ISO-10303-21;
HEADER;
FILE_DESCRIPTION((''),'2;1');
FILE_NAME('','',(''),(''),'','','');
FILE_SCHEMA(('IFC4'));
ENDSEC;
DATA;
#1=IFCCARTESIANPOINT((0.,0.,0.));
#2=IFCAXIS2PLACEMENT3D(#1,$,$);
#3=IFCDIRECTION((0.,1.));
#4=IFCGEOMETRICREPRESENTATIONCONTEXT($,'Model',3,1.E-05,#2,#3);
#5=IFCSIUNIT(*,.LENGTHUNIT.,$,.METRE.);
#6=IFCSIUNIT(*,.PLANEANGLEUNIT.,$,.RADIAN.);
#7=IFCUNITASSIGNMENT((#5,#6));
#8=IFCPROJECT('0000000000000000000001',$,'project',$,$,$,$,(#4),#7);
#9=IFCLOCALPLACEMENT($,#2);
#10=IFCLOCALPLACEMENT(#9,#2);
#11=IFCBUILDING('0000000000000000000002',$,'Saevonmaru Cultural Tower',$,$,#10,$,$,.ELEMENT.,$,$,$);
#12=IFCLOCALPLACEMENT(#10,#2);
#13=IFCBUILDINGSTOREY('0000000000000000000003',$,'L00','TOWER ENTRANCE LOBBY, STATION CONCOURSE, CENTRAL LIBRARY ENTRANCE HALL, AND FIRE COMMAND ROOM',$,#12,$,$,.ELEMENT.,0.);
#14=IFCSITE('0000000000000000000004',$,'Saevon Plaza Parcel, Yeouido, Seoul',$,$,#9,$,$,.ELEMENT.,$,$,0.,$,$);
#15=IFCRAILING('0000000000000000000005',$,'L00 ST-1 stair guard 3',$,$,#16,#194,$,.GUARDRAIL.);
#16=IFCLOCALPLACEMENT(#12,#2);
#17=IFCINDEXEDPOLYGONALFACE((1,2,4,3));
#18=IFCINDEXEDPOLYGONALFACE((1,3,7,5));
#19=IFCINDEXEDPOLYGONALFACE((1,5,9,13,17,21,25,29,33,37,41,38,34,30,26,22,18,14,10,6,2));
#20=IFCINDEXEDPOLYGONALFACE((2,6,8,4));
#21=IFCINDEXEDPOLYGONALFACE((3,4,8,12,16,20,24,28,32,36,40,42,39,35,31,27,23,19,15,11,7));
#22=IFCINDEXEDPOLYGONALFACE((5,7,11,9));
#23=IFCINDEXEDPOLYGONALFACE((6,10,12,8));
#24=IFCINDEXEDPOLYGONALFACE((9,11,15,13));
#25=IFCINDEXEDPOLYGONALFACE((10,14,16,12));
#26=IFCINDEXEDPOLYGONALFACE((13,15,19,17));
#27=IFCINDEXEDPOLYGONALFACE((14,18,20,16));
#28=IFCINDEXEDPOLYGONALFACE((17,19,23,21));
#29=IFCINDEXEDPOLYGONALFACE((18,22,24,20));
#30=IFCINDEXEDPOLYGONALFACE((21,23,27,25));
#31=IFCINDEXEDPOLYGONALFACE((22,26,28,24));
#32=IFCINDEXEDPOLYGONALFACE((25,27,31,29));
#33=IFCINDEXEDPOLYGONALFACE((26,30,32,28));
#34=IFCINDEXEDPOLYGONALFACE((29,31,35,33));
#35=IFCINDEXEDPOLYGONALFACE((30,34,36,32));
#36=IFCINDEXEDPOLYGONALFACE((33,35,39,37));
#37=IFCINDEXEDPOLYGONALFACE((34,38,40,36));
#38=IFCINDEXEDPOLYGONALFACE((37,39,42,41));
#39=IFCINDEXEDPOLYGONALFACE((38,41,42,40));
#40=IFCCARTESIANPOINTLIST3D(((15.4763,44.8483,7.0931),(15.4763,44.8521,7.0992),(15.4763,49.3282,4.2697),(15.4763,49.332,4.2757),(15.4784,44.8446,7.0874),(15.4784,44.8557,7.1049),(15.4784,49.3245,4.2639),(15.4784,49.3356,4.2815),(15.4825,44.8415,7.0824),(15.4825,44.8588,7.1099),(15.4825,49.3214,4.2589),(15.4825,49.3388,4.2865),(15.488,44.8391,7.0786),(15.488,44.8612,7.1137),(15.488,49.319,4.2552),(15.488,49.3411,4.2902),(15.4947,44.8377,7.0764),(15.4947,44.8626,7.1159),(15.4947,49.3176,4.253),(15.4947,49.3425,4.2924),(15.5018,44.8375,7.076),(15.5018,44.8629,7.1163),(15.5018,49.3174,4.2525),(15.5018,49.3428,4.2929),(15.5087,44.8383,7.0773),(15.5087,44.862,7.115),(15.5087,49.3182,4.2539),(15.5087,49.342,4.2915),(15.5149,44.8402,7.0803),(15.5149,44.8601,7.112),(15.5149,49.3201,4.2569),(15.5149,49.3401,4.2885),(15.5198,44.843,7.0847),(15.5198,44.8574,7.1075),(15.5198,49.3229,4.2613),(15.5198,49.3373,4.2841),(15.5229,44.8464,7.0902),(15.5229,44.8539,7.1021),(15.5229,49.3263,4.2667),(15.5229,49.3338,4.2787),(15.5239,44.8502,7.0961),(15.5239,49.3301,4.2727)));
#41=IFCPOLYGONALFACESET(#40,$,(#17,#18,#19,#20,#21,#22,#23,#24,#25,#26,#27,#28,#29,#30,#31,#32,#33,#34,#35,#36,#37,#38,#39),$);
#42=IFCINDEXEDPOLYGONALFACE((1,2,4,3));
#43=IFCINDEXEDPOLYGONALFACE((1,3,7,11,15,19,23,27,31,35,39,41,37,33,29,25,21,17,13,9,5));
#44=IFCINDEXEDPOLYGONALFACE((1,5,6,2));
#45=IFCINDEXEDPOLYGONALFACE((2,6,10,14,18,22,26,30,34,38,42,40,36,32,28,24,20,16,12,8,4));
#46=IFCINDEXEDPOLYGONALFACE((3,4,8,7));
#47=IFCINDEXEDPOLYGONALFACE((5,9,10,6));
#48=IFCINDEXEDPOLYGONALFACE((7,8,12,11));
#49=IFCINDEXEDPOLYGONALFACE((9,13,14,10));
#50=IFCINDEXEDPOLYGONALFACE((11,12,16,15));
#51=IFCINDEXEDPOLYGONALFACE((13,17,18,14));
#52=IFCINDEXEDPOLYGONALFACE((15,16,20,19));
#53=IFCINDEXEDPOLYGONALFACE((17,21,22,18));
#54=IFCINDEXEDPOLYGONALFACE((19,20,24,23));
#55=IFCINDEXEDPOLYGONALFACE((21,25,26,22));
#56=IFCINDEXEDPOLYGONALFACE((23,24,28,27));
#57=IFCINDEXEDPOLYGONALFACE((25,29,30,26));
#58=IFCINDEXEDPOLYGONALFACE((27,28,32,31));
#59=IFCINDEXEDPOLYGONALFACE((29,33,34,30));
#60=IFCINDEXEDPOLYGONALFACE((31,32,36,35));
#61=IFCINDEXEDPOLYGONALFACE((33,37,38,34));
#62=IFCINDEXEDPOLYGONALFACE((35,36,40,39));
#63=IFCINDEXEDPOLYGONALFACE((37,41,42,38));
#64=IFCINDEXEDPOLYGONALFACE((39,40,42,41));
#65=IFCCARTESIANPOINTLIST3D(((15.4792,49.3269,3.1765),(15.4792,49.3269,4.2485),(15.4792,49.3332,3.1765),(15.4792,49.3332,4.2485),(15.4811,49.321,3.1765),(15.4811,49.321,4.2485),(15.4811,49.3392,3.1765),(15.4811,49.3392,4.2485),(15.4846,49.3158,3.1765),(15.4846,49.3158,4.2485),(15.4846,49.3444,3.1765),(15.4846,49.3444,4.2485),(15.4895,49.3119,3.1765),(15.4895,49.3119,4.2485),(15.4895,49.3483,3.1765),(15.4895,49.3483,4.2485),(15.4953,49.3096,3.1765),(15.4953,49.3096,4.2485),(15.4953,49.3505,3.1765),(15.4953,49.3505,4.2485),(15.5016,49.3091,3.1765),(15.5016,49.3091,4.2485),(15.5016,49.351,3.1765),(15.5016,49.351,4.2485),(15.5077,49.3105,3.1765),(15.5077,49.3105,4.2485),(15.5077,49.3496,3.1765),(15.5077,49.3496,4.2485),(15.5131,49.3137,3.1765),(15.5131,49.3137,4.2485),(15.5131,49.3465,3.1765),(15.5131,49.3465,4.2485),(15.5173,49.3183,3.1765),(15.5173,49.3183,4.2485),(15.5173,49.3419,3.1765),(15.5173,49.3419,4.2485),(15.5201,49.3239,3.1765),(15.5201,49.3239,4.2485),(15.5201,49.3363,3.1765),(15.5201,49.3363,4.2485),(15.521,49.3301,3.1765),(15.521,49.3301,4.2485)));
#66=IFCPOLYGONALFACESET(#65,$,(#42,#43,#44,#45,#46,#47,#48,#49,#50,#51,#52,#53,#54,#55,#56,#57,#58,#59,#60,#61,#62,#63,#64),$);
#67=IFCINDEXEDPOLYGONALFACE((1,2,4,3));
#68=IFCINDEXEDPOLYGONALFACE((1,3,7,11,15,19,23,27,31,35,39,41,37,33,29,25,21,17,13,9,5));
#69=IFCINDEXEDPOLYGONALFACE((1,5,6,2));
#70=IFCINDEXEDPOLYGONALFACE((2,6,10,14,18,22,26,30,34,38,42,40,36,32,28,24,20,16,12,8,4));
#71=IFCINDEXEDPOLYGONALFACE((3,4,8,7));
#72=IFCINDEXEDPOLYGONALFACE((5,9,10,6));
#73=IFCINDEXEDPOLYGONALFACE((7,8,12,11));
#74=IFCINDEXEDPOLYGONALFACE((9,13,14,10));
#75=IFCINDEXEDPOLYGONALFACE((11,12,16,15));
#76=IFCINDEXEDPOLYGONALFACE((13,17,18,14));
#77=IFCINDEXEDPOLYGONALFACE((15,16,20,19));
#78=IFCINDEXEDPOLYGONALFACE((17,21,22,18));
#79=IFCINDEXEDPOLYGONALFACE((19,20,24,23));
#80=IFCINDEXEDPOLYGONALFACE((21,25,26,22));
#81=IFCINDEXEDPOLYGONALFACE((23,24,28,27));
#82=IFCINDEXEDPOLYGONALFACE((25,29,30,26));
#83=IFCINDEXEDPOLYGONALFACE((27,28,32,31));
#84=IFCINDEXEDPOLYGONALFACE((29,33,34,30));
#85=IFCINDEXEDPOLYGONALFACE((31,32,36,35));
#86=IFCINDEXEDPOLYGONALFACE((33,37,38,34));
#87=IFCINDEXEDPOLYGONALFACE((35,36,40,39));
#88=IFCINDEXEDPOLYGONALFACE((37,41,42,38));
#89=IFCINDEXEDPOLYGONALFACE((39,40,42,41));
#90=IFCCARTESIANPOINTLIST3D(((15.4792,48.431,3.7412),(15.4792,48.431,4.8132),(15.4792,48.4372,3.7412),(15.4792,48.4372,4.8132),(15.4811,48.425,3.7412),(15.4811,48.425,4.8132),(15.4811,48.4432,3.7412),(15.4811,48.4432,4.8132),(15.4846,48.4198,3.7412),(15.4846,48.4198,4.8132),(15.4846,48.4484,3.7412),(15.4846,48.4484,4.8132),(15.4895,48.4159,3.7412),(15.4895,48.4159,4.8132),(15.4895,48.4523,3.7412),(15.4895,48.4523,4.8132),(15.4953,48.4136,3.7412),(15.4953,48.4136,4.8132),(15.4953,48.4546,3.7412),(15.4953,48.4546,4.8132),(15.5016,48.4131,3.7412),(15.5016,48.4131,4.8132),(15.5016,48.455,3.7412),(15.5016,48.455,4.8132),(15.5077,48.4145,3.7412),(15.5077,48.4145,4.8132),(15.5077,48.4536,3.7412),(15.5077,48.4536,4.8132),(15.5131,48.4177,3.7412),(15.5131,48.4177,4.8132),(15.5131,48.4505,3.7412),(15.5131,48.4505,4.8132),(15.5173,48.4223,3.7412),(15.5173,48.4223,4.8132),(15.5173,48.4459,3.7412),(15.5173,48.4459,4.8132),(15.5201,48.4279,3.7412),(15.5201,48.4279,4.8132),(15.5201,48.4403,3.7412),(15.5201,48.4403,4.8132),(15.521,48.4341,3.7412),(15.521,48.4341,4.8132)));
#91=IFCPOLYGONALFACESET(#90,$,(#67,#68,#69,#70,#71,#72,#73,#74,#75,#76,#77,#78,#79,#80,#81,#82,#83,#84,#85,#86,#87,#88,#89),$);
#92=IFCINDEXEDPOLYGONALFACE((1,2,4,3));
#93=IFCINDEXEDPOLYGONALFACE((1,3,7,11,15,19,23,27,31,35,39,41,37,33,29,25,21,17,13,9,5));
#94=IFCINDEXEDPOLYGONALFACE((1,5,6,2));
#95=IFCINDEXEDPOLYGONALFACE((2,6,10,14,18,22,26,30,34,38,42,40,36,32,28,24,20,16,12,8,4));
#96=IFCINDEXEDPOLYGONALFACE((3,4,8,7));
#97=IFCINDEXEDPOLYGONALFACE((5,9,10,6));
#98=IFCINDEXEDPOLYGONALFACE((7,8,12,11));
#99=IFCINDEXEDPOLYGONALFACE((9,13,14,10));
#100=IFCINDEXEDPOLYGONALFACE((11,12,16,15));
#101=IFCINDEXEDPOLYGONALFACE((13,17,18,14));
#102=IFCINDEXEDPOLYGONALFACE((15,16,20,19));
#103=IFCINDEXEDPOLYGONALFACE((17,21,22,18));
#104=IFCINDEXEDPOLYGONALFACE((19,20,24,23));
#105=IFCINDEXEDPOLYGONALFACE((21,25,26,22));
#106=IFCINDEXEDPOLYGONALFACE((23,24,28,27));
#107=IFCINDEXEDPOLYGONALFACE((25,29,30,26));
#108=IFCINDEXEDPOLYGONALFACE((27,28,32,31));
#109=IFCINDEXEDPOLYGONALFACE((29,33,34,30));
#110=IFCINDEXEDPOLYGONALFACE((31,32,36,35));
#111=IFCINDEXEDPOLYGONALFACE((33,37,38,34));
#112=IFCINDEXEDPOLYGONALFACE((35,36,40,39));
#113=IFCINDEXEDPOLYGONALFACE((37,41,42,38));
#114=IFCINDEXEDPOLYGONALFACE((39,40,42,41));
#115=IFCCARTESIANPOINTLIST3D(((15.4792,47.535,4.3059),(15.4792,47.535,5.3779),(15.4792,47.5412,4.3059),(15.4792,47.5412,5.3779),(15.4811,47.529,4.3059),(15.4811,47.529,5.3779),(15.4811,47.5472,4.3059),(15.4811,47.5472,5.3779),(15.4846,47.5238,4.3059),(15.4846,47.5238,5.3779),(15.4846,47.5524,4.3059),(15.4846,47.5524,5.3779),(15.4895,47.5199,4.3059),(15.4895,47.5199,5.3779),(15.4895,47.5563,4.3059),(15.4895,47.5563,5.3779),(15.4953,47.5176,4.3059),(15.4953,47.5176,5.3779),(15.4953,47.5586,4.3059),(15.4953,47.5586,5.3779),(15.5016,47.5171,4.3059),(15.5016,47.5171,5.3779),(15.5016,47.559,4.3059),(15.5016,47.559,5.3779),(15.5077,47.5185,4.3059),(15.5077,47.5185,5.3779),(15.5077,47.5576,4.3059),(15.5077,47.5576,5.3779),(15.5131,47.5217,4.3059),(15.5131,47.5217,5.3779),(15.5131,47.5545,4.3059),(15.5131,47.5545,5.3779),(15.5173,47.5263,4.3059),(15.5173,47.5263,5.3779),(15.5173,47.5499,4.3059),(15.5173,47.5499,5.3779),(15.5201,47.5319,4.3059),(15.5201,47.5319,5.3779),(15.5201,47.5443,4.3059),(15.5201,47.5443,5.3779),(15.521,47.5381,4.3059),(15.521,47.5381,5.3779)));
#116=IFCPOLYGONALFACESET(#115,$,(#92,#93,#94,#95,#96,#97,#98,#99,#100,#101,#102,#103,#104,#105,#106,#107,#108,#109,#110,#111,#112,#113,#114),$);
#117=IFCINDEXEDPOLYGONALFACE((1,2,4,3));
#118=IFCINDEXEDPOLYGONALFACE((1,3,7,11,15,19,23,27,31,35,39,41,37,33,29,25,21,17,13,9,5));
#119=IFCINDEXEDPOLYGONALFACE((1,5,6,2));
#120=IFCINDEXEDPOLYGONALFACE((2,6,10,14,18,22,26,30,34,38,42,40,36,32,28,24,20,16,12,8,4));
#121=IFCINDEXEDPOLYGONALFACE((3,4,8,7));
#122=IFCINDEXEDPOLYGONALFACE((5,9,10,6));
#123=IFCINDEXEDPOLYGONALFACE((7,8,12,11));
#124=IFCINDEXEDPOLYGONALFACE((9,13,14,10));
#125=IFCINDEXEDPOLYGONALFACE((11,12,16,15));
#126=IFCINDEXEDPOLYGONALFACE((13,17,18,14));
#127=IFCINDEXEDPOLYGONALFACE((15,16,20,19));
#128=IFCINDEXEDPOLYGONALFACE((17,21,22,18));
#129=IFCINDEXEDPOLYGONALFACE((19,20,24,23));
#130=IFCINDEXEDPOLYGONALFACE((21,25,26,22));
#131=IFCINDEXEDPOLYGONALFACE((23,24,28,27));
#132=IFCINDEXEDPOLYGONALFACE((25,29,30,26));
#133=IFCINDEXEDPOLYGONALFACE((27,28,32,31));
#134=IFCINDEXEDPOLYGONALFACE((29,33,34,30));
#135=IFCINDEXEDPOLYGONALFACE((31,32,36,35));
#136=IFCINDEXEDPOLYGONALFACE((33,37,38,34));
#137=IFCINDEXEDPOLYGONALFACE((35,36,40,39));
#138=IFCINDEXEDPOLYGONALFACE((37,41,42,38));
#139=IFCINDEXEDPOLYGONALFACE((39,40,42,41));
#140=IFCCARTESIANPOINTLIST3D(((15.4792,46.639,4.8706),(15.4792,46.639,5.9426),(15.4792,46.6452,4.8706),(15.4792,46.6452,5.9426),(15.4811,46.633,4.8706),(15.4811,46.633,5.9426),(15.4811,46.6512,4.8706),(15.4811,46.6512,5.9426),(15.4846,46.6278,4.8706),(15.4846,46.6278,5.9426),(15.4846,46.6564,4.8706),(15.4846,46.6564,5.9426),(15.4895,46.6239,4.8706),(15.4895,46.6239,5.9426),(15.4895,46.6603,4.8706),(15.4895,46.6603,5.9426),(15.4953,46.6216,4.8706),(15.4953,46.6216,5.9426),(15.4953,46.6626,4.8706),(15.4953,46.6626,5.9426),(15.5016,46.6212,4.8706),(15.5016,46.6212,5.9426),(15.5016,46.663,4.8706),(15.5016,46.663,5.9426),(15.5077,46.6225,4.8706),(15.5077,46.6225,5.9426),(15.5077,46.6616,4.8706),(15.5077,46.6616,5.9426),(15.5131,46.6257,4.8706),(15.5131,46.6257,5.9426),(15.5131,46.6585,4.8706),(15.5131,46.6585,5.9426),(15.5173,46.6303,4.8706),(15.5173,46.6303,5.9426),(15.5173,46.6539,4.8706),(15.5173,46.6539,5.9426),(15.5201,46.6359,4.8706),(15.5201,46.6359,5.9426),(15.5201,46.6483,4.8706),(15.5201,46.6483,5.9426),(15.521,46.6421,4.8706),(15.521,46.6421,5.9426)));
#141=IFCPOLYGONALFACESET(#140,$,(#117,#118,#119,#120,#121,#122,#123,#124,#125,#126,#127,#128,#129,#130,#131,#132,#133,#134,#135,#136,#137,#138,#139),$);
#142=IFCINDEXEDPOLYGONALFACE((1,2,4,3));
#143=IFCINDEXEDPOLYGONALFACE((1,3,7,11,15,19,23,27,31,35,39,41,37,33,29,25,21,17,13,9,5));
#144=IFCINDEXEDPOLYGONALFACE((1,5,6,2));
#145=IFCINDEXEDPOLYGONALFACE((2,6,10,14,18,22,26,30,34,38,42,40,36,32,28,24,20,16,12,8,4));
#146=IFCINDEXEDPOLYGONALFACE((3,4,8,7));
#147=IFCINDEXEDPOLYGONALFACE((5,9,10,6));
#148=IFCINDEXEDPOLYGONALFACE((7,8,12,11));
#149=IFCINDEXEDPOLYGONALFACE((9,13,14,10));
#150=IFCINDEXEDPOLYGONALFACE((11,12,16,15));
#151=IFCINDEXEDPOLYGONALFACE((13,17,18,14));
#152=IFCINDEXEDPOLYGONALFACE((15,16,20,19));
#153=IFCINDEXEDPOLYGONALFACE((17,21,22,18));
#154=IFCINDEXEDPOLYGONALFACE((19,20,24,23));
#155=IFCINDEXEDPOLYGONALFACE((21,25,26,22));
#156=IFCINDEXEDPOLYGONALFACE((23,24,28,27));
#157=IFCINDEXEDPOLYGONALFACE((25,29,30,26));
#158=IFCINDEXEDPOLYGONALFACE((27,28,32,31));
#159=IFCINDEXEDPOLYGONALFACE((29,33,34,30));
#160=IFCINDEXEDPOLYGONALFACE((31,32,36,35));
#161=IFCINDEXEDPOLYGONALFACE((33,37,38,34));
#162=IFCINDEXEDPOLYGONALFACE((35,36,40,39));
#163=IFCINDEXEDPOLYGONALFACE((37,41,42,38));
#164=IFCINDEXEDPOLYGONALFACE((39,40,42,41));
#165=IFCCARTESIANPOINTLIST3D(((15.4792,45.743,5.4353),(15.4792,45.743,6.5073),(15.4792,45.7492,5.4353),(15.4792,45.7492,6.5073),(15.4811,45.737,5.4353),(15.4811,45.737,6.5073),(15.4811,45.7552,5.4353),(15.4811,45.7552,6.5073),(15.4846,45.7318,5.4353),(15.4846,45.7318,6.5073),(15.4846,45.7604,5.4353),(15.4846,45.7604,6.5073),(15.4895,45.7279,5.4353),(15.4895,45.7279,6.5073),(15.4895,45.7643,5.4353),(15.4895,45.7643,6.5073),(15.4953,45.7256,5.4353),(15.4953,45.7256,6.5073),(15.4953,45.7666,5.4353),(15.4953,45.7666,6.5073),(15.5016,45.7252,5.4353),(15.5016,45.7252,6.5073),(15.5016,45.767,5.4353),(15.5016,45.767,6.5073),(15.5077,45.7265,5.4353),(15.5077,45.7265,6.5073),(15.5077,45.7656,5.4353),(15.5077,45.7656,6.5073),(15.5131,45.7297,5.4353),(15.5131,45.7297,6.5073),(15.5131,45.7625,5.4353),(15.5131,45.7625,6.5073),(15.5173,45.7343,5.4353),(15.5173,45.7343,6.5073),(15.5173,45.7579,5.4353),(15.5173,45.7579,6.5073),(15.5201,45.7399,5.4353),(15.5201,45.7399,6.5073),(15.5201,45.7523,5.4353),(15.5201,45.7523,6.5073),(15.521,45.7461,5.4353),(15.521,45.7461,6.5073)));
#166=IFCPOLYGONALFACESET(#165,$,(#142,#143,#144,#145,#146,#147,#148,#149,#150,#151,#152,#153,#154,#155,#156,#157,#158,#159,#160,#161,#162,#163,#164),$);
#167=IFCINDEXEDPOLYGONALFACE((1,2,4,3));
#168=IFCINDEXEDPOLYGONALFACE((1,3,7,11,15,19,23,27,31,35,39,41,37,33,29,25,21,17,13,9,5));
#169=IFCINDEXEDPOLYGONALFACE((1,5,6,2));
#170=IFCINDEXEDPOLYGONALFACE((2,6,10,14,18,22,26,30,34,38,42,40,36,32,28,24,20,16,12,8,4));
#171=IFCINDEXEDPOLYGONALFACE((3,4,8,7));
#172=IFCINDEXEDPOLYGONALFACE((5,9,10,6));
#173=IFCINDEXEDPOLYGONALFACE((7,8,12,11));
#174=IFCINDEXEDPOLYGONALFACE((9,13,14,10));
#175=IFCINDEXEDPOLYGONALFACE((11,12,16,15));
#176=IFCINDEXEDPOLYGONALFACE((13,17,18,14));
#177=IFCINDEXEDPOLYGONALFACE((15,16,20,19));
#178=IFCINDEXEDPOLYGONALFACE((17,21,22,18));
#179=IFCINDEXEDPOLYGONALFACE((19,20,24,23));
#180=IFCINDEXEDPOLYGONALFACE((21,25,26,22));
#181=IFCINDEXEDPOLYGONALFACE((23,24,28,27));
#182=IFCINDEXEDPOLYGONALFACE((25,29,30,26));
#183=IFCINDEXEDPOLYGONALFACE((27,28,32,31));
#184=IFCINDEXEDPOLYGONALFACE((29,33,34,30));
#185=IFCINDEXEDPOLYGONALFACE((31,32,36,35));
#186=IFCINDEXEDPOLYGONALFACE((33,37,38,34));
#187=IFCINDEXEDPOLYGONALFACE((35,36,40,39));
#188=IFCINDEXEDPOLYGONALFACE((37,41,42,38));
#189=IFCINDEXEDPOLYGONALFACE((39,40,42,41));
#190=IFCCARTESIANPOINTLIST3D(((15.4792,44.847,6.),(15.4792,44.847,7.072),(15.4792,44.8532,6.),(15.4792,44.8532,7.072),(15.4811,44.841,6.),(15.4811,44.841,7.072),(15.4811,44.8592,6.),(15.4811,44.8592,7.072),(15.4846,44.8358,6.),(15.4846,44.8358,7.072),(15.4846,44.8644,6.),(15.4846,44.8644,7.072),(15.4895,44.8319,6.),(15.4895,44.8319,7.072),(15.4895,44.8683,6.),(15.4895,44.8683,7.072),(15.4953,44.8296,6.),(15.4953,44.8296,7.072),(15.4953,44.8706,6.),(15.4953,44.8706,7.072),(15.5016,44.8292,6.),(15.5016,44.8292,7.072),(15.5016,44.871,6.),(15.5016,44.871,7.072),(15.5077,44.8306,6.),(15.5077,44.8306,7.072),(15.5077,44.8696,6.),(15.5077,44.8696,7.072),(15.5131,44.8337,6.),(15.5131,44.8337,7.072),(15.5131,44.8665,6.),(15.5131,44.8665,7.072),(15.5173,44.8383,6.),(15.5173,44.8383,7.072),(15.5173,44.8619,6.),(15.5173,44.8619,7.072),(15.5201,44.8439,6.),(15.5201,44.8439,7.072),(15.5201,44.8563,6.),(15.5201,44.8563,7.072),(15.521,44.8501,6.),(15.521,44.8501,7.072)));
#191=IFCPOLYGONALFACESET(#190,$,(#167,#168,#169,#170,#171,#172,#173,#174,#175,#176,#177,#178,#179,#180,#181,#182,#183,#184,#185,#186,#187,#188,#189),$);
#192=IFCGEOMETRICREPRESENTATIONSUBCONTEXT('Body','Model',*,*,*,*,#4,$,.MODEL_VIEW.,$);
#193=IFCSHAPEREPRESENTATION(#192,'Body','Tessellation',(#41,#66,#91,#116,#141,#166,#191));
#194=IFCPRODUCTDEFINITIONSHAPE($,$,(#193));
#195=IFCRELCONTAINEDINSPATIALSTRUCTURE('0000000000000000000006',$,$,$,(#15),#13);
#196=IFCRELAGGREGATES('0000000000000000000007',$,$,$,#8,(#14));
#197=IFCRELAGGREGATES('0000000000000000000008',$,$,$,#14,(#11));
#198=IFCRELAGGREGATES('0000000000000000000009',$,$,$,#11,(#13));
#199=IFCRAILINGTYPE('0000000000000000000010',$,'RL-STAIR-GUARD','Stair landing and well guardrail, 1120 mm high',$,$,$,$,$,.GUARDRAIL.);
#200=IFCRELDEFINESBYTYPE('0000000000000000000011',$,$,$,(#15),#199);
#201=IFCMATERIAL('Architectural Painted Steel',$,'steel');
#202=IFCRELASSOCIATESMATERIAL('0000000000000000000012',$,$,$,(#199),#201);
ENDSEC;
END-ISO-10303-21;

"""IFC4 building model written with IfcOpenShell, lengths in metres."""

from ifc_helpers import new_model, si_unit, direction, frame, origin, origin_2d, place, context, subcontext, project, spatial, circle, extrude, material, type_object, element, save


model = new_model("IFC4")

# Units and contexts
model_context = context("Model", 3, precision=1e-05, world=origin(), true_north=direction((0.0, 1.0)))
body_context = subcontext(model_context, "Body", "Model", "MODEL_VIEW")
ifc_project = project(units=[si_unit("LENGTHUNIT", "METRE"), si_unit("PLANEANGLEUNIT", "RADIAN")], contexts=[model_context])

# Site, building, storey
site_placement = place(None, origin())
site = spatial("IfcSite", under=ifc_project, at=site_placement, Name="Saevon Plaza Parcel, Yeouido, Seoul", CompositionType="ELEMENT", RefElevation=0.0)
building_placement = place(site_placement, origin())
building = spatial("IfcBuilding", under=site, at=building_placement, Name="Saevonmaru Cultural Tower", CompositionType="ELEMENT")
storey_placement = place(building_placement, origin())
storey = spatial("IfcBuildingStorey", under=building, at=storey_placement, Name="L00", Description="TOWER ENTRANCE LOBBY, STATION CONCOURSE, CENTRAL LIBRARY ENTRANCE HALL, AND FIRE COMMAND ROOM", CompositionType="ELEMENT", Elevation=0.0)

# Railing
ifc_material_1 = material(Name="Architectural Painted Steel", Category="steel")
railing_type = type_object("IfcRailingType", Name="RL-STAIR-GUARD", Description="Stair landing and well guardrail, 1120 mm high", PredefinedType="GUARDRAIL", material=ifc_material_1)
railing_1_placement = place(storey_placement, frame((15.5, 49.3301, 3.1765)))
element("IfcRailing", 1, at=railing_1_placement, inside=storey, type_object=railing_type, Name="L00 ST-1 stair guard 3", PredefinedType="GUARDRAIL", context=body_context, shape_type="SweptSolid", body=[
    extrude(circle(Radius=0.0239, at=origin_2d()), frame((0.0, 0.0, 1.0962), z_axis=(0.0, -0.845998, 0.533186), x_axis=(1.0, 0.0, 0.0)), (0.0, 0.0, 1.0), 5.2954),
    extrude(circle(Radius=0.021, at=origin_2d()), origin(), (0.0, 0.0, 1.0), 1.072),
    extrude(circle(Radius=0.021, at=origin_2d()), frame((0.0, -0.896, 0.5647)), (0.0, 0.0, 1.0), 1.072),
    extrude(circle(Radius=0.021, at=origin_2d()), frame((0.0, -1.792, 1.1294)), (0.0, 0.0, 1.0), 1.072),
    extrude(circle(Radius=0.021, at=origin_2d()), frame((0.0, -2.688, 1.6941)), (0.0, 0.0, 1.0), 1.072),
    extrude(circle(Radius=0.021, at=origin_2d()), frame((0.0, -3.584, 2.2588)), (0.0, 0.0, 1.0), 1.072),
    extrude(circle(Radius=0.021, at=origin_2d()), frame((0.0, -4.48, 2.8235)), (0.0, 0.0, 1.0), 1.072),
])

save(model, "model.ifc")
